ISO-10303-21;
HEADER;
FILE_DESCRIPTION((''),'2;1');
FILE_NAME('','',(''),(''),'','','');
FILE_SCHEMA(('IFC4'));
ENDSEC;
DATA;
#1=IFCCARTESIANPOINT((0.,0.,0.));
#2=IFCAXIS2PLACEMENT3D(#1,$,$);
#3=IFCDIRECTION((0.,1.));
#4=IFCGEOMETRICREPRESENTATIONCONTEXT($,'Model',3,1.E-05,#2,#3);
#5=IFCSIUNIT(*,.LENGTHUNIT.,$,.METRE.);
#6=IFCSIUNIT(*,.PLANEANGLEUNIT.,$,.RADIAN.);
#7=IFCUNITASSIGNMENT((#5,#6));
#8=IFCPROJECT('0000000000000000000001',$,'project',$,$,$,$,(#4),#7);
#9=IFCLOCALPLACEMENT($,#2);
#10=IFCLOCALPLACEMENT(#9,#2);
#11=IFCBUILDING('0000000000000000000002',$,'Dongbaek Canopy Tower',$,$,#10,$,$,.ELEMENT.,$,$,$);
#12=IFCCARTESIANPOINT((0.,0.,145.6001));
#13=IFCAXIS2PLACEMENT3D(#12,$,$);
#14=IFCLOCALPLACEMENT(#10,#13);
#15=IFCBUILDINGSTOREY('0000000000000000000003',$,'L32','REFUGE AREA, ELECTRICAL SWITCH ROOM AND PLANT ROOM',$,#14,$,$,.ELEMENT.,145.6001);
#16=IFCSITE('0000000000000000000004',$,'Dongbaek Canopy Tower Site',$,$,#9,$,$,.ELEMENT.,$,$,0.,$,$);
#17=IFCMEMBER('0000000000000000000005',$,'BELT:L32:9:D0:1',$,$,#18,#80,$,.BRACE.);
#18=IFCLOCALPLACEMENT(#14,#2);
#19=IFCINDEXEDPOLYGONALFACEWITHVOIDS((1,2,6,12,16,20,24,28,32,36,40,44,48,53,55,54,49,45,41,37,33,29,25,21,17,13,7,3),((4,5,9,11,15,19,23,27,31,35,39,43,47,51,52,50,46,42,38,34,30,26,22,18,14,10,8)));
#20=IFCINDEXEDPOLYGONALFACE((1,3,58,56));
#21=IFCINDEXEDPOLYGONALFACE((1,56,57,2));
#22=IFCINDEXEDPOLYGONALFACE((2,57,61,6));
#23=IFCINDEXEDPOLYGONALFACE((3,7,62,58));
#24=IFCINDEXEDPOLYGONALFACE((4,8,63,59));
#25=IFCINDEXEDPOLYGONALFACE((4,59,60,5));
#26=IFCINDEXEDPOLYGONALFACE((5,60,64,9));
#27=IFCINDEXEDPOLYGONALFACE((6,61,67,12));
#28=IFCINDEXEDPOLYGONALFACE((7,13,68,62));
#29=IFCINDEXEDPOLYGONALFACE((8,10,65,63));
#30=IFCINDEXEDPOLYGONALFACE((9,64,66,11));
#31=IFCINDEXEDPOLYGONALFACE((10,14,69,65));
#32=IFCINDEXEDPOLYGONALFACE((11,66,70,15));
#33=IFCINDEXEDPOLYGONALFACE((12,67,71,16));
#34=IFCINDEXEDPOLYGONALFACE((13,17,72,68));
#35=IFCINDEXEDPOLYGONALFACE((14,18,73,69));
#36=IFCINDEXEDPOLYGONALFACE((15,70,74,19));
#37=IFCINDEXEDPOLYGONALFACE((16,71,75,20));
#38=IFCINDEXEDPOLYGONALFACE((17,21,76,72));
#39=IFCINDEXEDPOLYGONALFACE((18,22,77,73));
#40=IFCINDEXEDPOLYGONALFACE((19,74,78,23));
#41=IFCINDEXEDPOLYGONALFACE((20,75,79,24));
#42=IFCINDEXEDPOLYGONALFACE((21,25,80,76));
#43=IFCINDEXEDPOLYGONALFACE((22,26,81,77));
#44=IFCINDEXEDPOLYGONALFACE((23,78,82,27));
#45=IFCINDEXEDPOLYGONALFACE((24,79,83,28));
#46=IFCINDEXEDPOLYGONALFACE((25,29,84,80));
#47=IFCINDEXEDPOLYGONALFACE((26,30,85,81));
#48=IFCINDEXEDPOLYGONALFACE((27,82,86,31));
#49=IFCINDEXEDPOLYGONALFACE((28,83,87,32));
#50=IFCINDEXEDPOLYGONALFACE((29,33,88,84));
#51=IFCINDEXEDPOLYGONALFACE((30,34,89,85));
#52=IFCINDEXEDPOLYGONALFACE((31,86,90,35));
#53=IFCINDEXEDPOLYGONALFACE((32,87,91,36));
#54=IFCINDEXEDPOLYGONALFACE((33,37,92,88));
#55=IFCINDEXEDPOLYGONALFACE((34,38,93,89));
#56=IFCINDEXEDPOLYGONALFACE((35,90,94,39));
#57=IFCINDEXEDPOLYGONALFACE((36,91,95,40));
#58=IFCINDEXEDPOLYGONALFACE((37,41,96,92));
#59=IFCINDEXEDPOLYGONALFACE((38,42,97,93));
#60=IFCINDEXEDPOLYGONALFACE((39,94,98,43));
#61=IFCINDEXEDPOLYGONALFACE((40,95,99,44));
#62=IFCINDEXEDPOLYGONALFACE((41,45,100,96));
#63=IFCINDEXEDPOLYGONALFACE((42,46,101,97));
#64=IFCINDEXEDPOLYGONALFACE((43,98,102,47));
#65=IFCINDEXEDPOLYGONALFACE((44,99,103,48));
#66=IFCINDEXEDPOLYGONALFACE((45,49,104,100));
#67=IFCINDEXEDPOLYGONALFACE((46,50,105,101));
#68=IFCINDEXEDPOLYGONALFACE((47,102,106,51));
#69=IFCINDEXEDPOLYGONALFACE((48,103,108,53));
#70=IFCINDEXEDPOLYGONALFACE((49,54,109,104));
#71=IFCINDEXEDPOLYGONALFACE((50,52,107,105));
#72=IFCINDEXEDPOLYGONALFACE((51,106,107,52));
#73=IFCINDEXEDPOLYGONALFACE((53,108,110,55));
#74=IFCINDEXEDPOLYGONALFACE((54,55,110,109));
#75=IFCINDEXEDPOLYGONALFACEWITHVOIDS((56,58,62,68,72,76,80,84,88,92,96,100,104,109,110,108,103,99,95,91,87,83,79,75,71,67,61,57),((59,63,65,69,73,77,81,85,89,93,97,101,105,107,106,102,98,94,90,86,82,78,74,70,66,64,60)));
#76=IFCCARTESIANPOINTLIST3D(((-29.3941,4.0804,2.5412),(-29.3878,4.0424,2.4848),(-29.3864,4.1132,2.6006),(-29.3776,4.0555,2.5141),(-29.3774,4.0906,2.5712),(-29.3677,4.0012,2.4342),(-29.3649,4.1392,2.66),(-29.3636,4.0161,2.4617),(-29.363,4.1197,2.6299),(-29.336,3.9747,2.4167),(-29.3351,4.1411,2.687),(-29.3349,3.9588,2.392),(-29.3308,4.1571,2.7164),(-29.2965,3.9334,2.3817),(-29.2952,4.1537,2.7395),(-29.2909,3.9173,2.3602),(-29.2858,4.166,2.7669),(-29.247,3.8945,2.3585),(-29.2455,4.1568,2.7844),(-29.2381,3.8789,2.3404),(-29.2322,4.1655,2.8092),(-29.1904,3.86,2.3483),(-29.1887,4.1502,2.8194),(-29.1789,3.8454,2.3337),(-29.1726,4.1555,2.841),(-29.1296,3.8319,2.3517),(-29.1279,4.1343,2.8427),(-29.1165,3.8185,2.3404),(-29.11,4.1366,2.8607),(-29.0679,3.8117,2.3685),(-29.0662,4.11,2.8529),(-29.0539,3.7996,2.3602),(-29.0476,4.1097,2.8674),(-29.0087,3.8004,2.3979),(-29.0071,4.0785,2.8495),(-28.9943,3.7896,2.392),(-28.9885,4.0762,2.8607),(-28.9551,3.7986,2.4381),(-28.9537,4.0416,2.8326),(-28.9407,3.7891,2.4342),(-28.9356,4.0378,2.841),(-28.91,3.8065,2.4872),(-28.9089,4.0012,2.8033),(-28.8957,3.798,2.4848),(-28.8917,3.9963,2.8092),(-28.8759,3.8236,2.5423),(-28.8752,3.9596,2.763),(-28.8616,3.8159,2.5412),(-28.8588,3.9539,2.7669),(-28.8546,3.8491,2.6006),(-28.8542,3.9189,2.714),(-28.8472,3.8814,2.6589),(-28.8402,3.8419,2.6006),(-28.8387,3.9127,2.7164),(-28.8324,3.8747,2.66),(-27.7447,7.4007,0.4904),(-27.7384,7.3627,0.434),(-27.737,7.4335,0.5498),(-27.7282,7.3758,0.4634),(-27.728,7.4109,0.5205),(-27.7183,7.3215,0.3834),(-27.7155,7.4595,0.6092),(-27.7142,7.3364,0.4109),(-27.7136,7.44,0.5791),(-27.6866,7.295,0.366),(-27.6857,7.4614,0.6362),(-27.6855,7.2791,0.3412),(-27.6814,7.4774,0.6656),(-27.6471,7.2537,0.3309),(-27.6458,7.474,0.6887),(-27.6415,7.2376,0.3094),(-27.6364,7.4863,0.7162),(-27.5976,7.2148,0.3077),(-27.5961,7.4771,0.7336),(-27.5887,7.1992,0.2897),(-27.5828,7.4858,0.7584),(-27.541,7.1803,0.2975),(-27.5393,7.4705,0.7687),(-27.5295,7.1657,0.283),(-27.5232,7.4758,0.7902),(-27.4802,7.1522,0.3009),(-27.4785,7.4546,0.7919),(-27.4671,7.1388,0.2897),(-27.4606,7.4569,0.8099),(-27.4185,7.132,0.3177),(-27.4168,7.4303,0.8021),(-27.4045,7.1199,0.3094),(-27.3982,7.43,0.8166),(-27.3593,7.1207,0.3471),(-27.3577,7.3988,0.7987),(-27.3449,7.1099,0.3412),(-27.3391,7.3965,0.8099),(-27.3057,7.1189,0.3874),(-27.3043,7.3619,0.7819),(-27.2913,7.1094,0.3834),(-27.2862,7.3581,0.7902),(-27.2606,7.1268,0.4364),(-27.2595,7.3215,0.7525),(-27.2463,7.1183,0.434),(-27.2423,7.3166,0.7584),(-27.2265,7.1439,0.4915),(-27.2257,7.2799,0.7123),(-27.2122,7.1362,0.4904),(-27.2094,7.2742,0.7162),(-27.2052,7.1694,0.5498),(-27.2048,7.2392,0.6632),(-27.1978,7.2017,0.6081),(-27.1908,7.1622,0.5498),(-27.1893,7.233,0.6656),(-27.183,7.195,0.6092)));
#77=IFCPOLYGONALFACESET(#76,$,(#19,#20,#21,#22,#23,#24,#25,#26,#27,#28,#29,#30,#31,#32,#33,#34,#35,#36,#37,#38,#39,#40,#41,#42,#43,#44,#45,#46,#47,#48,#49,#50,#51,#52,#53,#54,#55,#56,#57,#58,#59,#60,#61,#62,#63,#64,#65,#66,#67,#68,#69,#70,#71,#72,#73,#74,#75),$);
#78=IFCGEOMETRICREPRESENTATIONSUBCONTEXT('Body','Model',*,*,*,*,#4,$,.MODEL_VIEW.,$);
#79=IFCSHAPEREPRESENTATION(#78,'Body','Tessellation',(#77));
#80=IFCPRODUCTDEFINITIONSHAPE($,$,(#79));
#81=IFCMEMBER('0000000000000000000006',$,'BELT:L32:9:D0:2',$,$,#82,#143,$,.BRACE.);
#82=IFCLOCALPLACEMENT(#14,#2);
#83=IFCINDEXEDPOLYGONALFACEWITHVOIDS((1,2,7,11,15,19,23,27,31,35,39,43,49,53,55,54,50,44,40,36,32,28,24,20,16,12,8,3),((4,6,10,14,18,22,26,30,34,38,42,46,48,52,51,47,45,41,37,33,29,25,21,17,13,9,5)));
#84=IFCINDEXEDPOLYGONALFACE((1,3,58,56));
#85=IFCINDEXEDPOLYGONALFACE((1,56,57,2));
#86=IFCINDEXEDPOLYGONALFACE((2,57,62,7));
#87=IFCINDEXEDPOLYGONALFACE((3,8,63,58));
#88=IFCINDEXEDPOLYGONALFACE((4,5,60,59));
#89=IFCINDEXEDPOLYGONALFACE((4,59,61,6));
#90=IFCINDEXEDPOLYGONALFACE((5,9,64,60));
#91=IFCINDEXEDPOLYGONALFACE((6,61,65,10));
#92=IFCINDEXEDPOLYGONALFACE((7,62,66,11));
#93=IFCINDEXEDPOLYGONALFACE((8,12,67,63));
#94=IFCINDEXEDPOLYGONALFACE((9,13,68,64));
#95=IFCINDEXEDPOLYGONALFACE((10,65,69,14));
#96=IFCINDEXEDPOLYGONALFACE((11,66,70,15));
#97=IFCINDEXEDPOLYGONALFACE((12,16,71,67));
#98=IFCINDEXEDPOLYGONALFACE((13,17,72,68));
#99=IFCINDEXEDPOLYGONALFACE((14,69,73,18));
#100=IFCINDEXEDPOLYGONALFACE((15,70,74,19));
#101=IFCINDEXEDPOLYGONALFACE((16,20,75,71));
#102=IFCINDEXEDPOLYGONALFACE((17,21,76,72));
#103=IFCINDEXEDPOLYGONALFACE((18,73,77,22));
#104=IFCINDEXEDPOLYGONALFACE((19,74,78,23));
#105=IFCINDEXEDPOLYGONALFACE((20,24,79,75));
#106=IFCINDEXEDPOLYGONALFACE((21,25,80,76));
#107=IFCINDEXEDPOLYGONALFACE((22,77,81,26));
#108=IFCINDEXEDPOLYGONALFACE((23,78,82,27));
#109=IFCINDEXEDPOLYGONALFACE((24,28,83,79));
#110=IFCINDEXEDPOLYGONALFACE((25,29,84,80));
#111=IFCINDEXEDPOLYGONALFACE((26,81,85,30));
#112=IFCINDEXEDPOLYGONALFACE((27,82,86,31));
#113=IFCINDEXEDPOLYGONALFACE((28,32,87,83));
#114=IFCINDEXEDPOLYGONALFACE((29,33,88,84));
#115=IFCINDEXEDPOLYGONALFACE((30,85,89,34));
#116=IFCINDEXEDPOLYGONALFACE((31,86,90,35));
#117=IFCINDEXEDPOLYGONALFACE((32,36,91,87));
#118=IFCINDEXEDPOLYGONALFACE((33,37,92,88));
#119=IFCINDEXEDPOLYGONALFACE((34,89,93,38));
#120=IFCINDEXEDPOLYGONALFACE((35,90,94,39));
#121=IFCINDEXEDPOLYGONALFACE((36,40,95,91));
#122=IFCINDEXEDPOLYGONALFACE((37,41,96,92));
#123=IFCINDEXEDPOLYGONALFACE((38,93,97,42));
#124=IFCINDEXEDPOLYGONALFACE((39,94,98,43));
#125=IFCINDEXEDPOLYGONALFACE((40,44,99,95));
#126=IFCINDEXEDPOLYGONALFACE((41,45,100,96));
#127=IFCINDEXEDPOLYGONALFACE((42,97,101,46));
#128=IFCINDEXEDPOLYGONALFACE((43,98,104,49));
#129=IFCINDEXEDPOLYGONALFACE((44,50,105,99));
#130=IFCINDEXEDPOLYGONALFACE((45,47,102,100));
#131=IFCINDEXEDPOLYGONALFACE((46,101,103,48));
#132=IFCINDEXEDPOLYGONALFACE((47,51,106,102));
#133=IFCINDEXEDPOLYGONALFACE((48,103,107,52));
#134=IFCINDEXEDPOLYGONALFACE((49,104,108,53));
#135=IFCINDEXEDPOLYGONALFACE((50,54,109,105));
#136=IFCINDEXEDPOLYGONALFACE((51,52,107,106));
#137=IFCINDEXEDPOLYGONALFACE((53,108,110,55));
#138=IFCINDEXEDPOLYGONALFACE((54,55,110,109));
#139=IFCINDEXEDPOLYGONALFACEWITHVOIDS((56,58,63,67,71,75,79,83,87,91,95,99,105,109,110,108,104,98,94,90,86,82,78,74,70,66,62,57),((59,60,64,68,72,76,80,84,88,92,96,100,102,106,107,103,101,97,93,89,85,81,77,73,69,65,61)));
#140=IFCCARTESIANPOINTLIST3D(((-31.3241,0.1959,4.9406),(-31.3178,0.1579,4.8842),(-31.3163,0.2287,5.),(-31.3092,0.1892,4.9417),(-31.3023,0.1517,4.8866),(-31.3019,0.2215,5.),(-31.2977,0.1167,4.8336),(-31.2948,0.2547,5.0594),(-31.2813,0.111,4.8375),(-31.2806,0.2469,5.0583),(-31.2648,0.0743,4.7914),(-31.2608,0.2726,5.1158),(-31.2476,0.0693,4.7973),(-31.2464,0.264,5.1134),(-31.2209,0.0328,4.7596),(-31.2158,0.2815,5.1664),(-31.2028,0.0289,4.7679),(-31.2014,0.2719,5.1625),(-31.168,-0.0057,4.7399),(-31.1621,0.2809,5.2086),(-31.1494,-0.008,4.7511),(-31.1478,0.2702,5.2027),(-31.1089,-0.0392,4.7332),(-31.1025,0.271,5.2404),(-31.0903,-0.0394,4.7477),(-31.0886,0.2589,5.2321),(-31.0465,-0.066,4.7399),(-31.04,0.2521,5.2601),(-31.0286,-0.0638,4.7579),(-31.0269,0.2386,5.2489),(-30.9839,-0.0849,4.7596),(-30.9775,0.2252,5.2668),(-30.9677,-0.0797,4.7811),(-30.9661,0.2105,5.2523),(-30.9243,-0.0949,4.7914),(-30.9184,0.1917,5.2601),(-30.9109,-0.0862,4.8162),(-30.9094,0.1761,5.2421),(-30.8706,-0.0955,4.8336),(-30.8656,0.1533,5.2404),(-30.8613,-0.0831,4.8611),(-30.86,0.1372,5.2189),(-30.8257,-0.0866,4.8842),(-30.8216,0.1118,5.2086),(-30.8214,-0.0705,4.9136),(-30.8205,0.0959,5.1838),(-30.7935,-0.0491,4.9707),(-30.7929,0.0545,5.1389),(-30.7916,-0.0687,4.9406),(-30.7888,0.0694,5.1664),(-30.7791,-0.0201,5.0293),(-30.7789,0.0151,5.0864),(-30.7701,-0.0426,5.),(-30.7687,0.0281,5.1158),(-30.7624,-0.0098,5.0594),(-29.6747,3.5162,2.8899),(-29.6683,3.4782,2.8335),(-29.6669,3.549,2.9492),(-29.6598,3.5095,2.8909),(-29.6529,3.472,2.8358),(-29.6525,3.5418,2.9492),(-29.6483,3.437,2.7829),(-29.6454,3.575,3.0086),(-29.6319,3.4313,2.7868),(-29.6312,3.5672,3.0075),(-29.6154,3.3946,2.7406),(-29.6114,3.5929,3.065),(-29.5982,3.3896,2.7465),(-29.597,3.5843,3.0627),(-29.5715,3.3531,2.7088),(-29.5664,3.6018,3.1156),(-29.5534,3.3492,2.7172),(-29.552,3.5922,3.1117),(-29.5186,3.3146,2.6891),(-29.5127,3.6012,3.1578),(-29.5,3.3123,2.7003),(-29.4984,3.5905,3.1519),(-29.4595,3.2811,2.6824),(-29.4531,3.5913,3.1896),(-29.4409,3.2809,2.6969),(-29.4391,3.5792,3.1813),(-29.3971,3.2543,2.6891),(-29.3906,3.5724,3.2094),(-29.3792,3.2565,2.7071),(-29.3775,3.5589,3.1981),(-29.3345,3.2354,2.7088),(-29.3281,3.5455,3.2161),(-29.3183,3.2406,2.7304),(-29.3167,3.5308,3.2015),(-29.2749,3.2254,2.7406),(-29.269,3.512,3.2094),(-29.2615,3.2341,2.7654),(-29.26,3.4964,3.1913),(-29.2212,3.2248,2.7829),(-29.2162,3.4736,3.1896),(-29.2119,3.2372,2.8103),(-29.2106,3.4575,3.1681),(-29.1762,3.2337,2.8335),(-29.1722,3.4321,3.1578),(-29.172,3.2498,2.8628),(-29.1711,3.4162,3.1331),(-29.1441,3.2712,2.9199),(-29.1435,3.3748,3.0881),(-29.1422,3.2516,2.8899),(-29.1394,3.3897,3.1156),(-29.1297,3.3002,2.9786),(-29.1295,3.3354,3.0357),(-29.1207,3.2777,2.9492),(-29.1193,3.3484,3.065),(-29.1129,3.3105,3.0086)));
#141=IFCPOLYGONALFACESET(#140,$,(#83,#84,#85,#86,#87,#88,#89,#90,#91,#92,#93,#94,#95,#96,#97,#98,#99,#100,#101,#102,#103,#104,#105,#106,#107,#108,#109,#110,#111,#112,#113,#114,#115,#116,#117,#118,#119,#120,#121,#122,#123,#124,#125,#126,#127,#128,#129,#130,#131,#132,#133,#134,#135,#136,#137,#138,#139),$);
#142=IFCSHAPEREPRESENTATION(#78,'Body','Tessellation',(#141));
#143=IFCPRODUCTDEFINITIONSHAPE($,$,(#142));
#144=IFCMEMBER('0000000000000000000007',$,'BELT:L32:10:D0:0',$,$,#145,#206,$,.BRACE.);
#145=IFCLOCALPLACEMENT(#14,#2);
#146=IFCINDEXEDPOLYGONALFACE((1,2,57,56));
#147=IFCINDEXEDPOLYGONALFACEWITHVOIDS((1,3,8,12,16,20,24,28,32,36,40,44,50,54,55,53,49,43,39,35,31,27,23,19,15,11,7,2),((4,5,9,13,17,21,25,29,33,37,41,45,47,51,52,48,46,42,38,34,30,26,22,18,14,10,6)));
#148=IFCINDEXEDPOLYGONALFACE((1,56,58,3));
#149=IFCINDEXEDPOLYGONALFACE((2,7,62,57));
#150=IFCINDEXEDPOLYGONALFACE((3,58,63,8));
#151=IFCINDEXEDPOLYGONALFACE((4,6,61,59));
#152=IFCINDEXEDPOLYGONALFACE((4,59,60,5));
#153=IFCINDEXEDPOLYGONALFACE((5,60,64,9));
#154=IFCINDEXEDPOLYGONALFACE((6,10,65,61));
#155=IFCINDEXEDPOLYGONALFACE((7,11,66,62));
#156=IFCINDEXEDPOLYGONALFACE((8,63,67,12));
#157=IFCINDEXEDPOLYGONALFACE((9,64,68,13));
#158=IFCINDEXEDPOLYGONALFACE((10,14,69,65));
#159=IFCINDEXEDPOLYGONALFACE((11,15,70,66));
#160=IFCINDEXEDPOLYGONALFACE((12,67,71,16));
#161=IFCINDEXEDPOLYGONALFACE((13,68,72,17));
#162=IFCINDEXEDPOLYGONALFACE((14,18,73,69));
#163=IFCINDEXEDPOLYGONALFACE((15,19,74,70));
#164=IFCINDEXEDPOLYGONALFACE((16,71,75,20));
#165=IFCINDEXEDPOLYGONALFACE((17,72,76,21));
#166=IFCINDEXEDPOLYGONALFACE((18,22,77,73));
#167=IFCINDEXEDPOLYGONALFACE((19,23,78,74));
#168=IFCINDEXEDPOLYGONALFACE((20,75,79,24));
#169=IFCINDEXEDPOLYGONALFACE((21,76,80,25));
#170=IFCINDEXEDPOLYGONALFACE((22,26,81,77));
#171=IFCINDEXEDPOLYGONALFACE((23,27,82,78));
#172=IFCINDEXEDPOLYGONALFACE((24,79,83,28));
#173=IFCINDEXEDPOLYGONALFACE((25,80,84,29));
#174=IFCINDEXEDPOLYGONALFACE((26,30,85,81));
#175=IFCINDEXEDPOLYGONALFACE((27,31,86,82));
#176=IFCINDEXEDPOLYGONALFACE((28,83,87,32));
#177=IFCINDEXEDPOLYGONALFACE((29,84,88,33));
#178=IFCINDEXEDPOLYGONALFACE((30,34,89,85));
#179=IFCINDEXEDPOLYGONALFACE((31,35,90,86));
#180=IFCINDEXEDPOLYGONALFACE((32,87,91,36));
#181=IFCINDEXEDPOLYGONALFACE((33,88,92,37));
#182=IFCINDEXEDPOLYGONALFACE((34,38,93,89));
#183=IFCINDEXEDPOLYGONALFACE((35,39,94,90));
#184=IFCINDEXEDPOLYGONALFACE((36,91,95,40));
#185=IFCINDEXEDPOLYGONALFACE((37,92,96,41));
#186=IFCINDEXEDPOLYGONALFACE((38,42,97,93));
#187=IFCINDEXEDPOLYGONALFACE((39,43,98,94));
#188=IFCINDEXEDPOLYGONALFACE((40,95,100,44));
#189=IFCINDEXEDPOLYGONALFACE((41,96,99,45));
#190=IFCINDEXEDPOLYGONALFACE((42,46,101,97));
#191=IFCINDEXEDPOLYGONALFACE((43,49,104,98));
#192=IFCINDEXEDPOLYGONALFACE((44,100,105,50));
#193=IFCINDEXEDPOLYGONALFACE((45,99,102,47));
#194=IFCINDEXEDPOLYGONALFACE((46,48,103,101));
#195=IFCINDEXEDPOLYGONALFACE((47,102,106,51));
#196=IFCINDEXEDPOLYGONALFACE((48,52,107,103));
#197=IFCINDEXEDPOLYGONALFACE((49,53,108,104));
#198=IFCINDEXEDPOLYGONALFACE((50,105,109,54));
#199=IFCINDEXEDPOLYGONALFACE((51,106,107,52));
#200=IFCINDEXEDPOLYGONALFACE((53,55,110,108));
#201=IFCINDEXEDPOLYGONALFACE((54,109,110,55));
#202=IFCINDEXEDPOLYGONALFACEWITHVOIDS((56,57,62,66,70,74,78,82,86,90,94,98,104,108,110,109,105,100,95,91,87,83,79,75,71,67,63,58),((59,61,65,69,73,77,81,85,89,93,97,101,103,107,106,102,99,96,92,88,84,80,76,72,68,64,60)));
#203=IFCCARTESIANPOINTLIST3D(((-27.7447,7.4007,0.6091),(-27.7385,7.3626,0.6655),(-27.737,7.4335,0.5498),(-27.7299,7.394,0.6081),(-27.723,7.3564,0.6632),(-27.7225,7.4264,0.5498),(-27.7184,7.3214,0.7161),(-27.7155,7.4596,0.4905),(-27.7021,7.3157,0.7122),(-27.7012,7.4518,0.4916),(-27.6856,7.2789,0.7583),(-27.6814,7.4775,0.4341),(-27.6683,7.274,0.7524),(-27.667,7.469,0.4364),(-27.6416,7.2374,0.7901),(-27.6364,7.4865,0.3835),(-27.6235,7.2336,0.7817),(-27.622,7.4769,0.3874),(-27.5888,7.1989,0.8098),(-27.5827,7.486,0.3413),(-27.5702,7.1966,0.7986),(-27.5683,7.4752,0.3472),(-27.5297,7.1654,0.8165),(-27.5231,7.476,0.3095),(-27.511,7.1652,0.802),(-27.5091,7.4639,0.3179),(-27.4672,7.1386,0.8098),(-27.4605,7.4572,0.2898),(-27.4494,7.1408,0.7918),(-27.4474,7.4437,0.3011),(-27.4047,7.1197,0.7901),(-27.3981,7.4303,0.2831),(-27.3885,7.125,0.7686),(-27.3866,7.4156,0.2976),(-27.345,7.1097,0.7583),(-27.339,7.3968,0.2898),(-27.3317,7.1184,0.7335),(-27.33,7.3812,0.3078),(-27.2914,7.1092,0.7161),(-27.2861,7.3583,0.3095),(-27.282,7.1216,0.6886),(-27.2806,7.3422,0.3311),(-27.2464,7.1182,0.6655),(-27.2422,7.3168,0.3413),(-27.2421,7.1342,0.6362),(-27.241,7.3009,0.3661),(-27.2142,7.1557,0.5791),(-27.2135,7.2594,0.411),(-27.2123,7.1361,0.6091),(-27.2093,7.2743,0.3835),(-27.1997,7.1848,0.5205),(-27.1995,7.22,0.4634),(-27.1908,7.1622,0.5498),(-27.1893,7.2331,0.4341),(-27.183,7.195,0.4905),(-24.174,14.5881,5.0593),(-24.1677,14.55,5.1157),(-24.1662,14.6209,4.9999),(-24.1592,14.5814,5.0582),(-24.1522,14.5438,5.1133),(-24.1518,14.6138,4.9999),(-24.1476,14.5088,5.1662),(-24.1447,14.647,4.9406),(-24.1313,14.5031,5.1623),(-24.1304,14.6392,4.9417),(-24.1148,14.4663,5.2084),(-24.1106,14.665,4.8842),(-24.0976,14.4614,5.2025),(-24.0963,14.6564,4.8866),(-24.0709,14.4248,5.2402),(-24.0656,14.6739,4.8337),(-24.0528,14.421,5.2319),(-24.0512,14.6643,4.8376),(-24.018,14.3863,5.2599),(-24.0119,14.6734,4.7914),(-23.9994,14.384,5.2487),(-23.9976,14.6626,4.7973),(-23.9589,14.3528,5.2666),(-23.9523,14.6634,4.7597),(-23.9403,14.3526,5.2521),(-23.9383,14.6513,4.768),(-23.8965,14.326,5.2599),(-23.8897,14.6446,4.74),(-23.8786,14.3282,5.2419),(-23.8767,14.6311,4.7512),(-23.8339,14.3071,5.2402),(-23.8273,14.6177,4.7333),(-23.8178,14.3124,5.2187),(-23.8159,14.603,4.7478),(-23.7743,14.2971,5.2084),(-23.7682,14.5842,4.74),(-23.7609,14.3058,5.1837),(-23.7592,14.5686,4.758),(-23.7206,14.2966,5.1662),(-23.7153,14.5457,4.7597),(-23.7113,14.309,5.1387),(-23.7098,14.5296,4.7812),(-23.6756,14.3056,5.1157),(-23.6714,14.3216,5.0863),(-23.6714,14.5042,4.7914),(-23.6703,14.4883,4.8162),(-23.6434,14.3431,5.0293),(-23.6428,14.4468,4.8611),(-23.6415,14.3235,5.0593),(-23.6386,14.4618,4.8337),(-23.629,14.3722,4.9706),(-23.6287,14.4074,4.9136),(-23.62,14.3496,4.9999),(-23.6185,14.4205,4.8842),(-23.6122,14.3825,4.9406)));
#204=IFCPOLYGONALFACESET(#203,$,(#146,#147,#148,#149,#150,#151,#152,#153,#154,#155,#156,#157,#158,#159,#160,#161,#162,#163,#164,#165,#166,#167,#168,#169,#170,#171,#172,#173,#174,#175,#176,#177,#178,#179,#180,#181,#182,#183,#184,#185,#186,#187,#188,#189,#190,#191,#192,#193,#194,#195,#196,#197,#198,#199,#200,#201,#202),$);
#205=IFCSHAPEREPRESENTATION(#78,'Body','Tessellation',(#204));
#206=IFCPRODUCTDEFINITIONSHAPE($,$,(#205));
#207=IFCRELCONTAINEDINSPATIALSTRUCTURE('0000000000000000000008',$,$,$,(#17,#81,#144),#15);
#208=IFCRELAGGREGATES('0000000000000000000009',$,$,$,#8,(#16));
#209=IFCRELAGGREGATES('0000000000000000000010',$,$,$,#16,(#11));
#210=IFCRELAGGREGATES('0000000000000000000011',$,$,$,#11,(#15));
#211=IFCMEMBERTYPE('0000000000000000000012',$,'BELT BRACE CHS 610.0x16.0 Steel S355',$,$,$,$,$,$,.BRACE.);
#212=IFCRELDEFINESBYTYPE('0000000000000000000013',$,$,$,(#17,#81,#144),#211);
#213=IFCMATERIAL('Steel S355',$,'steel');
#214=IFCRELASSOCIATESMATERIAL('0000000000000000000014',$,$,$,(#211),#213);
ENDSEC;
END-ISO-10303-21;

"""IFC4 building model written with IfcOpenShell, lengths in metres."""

from ifc_helpers import new_model, si_unit, direction, frame, origin, origin_2d, place, context, subcontext, project, spatial, hollow_circle, extrude, material, material_profile, profile_set, type_object, element, save


model = new_model("IFC4")

# Units and contexts
model_context = context("Model", 3, precision=1e-05, world=origin(), true_north=direction((0.0, 1.0)))
body_context = subcontext(model_context, "Body", "Model", "MODEL_VIEW")
ifc_project = project(units=[si_unit("LENGTHUNIT", "METRE"), si_unit("PLANEANGLEUNIT", "RADIAN")], contexts=[model_context])

# Site, building, storey
site_placement = place(None, origin())
site = spatial("IfcSite", under=ifc_project, at=site_placement, Name="Dongbaek Canopy Tower Site", CompositionType="ELEMENT", RefElevation=0.0)
building_placement = place(site_placement, origin())
building = spatial("IfcBuilding", under=site, at=building_placement, Name="Dongbaek Canopy Tower", CompositionType="ELEMENT")
storey_placement = place(building_placement, frame((0.0, 0.0, 145.6001)))
storey = spatial("IfcBuildingStorey", under=building, at=storey_placement, Name="L32", Description="REFUGE AREA, ELECTRICAL SWITCH ROOM AND PLANT ROOM", CompositionType="ELEMENT", Elevation=145.6001)

# Members
ifc_material_1 = material(Name="Steel S355", Category="steel")
ifc_material_profile_1 = material_profile(ifc_material_1, hollow_circle(Radius=0.3049, WallThickness=0.0161, at=origin_2d()), Name="BELT BRACE CHS 610.0x16.0 Steel S355")
ifc_profile_set_1 = profile_set([ifc_material_profile_1], Name="Steel S355")
member_type_1 = type_object("IfcMemberType", Name="BELT BRACE CHS 610.0x16.0 Steel S355", PredefinedType="BRACE", material=ifc_profile_set_1)
for number, where, z_axis, x_axis, name in (
    (1, (-27.4639, 7.2979, 0.5498), (-0.389304, -0.783678, 0.484036), (0.895583, -0.444894, 0.0), "BELT:L32:9:D0:1"),
    (2, (-31.0432, 0.093, 5.0), (0.389304, 0.783678, -0.484036), (-0.895583, 0.444894, 0.0), "BELT:L32:9:D0:2"),
):
    element("IfcMember", number, at=place(storey_placement, frame(where, z_axis=z_axis, x_axis=x_axis)), inside=storey, type_object=member_type_1, Name=name, PredefinedType="BRACE", context=body_context, shape_type="SweptSolid", body=[
        extrude(hollow_circle(Radius=0.3049, WallThickness=0.0161, at=origin_2d()), origin(), (0.0, 0.0, 1.0), 4.2368),
    ])
member_1_placement = place(storey_placement, frame((-27.4639, 7.2979, 0.5498), z_axis=(0.389109, 0.783219, 0.484936), x_axis=(-0.895568, 0.444925, 0.0)))
element("IfcMember", 3, at=member_1_placement, inside=storey, type_object=member_type_1, Name="BELT:L32:10:D0:0", PredefinedType="BRACE", context=body_context, shape_type="SweptSolid", body=[
    extrude(hollow_circle(Radius=0.3049, WallThickness=0.0161, at=origin_2d()), origin(), (0.0, 0.0, 1.0), 9.1768),
])

save(model, "model.ifc")
